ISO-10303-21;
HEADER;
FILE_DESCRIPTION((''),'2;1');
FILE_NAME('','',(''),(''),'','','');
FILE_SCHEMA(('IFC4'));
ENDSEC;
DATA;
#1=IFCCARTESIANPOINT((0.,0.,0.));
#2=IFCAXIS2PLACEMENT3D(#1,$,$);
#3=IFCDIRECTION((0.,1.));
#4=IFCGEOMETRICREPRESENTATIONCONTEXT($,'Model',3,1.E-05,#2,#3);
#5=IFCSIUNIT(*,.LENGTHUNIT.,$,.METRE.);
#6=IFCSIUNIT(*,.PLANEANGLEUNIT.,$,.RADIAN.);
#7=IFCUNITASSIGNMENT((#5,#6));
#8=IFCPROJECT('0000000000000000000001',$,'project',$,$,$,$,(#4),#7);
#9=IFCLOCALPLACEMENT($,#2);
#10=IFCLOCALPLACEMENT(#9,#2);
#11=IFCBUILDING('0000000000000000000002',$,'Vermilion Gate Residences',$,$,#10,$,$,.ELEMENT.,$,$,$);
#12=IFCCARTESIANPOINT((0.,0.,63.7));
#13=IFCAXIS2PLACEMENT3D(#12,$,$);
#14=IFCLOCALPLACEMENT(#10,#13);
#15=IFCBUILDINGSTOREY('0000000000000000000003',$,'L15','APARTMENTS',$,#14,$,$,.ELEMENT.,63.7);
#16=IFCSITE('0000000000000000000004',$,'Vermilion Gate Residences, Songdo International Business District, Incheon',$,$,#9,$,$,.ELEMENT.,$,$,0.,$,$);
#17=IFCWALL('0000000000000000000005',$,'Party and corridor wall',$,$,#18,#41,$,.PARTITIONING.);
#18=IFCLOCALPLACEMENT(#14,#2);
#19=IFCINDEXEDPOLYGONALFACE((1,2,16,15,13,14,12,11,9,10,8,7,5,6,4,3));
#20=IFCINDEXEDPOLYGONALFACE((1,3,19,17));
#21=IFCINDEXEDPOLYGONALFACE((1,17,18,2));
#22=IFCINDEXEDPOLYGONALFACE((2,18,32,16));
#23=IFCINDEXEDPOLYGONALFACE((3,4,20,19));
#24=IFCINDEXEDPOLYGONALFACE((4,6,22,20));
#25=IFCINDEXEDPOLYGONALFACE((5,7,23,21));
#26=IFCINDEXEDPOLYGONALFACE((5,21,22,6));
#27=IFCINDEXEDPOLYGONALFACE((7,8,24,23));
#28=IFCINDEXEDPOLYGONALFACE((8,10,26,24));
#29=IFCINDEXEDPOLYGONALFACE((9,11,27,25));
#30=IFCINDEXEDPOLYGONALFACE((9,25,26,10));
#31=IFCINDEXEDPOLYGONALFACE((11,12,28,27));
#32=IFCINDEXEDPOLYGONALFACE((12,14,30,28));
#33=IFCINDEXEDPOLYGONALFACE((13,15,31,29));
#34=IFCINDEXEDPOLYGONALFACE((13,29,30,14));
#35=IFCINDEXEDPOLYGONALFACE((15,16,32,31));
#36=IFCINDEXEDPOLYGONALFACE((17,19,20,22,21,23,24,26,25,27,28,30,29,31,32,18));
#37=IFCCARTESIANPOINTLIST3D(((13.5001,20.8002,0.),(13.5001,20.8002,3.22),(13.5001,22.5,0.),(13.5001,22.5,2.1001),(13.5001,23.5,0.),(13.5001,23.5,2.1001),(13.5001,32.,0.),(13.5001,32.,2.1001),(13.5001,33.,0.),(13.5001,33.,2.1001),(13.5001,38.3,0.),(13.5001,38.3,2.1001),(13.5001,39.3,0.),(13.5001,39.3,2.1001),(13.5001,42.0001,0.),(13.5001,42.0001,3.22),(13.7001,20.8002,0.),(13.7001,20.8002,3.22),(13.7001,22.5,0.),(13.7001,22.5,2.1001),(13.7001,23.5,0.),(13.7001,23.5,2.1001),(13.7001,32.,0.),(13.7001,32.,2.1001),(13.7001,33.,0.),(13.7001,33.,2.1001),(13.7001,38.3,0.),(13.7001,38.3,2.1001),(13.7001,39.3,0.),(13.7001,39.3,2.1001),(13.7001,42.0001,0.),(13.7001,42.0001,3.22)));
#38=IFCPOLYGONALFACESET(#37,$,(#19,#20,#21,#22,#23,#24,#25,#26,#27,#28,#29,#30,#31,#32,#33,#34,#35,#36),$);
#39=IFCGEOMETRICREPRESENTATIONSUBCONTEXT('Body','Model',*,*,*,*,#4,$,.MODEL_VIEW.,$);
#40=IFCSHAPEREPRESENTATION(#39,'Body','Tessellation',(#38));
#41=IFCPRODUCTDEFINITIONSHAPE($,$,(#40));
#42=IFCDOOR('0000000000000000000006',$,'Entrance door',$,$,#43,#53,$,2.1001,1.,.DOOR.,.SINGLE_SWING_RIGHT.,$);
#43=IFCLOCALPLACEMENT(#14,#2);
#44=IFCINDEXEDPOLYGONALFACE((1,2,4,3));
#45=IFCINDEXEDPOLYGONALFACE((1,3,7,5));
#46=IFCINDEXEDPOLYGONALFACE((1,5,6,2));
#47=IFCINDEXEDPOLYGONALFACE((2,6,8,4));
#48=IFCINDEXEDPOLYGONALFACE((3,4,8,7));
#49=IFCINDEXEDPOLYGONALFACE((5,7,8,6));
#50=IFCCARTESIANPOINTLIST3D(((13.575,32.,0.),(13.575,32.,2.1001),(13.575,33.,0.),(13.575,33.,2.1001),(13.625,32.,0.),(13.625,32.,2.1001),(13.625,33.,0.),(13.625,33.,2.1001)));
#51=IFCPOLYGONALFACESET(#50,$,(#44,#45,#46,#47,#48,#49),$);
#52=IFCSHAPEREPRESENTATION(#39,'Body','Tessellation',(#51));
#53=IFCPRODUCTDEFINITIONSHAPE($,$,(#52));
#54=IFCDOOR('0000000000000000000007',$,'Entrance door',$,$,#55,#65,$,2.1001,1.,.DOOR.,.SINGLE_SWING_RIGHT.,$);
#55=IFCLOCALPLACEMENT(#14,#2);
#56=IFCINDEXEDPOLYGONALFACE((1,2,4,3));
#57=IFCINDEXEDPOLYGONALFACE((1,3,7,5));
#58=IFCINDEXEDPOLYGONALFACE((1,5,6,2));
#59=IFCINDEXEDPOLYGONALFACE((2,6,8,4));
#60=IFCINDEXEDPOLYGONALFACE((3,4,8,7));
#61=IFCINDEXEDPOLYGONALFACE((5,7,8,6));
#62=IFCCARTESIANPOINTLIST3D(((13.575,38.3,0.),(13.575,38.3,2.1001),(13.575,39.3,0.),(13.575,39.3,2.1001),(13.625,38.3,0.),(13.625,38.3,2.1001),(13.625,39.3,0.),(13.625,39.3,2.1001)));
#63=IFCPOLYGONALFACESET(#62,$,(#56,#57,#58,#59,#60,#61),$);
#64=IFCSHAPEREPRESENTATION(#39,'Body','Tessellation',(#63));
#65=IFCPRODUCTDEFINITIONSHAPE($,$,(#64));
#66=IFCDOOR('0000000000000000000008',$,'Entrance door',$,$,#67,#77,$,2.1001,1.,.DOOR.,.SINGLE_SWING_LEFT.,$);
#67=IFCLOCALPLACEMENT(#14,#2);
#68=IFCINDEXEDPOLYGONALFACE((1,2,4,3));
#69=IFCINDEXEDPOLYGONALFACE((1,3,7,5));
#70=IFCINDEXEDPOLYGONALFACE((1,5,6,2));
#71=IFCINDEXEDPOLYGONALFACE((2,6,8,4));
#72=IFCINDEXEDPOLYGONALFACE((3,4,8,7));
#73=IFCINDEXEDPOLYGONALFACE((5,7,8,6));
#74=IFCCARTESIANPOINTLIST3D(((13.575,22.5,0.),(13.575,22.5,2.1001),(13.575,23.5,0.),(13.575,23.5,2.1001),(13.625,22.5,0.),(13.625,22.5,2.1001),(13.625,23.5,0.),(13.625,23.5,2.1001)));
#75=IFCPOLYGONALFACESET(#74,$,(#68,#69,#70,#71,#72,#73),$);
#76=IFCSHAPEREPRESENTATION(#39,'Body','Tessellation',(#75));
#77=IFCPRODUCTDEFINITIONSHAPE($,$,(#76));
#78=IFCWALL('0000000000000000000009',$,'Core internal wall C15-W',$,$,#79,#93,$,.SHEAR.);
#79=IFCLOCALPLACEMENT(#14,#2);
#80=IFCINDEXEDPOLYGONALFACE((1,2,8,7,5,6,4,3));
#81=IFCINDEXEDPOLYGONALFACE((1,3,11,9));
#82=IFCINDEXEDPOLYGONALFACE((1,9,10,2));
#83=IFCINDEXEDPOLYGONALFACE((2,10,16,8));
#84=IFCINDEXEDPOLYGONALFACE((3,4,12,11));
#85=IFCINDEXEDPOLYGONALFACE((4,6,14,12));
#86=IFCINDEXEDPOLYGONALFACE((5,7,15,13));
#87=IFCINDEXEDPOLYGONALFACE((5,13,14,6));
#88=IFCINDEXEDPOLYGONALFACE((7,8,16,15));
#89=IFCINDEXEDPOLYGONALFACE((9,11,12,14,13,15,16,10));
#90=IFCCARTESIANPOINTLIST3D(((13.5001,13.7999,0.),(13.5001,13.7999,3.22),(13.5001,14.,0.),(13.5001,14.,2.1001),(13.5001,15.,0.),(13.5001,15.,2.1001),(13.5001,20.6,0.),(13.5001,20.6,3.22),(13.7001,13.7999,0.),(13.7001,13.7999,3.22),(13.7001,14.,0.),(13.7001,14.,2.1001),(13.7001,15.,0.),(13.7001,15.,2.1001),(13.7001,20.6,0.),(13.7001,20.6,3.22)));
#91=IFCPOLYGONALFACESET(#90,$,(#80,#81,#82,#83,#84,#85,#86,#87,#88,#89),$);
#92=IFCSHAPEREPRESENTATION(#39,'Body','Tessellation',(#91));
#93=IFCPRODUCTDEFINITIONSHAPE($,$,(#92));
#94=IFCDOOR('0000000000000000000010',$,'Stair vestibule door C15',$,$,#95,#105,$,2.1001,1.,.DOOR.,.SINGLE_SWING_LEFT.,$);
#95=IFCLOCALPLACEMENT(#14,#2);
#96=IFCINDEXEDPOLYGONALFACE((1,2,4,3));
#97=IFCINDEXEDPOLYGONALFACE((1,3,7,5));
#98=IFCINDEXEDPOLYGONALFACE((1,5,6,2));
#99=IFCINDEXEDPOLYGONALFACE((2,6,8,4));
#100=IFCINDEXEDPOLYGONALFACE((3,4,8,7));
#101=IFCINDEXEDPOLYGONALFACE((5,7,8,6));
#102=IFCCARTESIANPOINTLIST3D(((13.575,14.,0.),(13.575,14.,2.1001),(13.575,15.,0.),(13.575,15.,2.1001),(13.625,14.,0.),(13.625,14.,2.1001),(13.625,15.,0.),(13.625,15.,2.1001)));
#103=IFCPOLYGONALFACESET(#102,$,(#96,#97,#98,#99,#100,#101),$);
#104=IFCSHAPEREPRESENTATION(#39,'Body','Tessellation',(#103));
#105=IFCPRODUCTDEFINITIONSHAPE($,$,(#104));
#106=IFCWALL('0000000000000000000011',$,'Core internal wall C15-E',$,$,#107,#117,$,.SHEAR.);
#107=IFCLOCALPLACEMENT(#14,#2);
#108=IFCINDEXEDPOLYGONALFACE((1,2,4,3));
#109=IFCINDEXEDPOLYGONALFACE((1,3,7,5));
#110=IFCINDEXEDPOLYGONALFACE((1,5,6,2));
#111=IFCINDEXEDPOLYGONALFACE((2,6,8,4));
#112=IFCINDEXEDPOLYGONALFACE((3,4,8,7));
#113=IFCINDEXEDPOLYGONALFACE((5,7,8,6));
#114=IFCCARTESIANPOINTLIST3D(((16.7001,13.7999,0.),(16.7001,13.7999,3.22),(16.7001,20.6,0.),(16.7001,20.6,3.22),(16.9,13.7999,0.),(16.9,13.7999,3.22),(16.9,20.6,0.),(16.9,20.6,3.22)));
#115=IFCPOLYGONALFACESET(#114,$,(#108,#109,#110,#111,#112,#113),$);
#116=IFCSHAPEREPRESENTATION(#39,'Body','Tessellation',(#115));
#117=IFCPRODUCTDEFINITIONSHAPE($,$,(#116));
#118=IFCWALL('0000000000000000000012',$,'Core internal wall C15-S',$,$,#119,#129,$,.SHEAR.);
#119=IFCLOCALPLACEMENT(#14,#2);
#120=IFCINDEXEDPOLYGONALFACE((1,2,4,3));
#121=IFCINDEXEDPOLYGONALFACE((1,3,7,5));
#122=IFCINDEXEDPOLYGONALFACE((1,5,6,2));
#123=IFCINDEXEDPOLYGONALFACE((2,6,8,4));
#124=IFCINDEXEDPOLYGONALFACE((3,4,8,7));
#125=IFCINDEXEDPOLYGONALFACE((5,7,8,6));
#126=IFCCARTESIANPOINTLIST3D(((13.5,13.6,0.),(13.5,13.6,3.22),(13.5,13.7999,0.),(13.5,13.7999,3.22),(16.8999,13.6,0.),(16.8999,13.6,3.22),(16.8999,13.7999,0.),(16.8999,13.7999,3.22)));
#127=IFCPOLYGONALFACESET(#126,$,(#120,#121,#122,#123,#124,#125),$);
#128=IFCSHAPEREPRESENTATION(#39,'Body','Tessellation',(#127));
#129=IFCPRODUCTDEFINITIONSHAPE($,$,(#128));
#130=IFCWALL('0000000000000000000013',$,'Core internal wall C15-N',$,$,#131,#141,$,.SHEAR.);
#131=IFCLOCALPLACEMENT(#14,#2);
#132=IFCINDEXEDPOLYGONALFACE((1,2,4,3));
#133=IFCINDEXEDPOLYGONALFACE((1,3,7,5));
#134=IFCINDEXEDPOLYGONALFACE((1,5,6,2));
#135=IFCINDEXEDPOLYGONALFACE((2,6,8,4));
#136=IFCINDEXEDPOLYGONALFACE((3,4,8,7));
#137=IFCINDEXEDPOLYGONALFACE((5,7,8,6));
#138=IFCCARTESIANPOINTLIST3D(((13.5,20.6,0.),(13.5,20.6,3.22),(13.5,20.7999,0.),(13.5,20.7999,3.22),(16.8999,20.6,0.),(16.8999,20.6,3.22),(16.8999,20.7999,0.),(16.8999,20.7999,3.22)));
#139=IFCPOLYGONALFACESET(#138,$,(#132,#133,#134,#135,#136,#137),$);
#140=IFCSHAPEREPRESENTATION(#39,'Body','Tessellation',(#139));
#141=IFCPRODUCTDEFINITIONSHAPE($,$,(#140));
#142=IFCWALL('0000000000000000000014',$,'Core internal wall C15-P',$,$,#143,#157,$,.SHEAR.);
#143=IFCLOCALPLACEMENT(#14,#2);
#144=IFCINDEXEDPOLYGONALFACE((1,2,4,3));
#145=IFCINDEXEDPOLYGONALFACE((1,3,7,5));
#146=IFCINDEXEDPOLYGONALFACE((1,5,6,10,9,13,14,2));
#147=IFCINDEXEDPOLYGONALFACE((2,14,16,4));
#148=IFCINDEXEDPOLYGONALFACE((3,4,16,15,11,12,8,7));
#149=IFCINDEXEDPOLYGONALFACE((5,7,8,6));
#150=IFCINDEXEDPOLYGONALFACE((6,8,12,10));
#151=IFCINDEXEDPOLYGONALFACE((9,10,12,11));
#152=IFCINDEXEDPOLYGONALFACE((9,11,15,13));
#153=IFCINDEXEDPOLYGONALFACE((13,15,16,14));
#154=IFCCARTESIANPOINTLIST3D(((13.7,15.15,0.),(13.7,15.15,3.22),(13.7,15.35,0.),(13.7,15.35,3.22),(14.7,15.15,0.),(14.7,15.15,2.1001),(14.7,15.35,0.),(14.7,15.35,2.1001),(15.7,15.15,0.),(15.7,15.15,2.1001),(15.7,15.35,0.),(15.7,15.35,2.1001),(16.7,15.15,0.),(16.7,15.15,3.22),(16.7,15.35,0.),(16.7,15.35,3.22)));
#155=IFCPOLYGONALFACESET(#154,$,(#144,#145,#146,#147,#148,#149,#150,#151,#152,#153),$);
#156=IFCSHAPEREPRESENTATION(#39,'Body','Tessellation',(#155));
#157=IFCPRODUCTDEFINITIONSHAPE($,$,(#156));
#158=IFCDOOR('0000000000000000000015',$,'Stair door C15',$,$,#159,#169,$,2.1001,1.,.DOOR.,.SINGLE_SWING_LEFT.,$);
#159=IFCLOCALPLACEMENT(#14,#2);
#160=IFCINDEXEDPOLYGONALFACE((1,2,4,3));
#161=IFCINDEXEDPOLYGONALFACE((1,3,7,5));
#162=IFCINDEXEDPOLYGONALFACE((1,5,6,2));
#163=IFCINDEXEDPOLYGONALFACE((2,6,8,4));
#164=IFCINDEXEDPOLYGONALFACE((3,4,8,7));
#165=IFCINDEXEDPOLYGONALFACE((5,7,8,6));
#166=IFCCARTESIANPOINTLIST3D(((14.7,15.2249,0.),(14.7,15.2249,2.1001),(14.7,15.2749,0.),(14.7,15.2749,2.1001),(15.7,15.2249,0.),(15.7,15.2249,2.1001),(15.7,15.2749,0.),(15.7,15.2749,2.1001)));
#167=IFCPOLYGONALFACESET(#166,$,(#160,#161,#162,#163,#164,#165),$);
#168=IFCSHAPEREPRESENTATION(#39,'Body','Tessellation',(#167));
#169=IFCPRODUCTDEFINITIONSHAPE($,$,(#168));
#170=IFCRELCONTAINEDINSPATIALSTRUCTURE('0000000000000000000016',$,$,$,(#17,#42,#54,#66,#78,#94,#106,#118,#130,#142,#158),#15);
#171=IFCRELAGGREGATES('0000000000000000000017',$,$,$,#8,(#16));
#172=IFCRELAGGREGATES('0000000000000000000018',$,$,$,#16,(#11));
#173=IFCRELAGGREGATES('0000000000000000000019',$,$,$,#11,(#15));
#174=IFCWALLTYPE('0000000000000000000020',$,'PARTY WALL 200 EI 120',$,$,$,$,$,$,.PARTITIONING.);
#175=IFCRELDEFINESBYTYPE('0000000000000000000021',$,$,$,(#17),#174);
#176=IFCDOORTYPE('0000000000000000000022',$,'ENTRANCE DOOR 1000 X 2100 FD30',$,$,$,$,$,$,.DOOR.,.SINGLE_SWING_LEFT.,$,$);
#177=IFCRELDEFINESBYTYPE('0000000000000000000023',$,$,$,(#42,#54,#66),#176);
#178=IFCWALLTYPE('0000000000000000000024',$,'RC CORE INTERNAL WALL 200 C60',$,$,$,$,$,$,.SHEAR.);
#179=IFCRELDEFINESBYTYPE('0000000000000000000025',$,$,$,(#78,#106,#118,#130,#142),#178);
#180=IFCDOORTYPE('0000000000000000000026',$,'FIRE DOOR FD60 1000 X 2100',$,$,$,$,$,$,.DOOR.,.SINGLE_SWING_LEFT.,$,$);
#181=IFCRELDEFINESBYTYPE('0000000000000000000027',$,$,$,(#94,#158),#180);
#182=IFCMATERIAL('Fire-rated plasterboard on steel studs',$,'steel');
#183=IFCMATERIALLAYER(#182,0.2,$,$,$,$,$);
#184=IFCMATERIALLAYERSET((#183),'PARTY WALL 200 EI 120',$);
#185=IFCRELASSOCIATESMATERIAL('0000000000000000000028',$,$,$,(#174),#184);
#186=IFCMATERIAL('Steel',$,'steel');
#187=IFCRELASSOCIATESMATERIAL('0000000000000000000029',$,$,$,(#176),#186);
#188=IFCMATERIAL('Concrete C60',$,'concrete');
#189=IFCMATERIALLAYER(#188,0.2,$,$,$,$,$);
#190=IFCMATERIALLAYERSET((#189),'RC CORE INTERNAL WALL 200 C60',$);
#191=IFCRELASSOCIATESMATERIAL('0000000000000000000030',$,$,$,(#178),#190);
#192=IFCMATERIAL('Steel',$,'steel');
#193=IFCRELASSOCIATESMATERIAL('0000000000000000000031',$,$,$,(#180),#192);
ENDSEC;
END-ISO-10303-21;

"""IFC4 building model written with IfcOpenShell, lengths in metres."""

from ifc_helpers import new_model, si_unit, direction, frame, frame_2d, origin, place, context, subcontext, project, spatial, rectangle, extrude, material, layer, layer_set, type_object, element, fill, save


model = new_model("IFC4")

# Units and contexts
model_context = context("Model", 3, precision=1e-05, world=origin(), true_north=direction((0.0, 1.0)))
body_context = subcontext(model_context, "Body", "Model", "MODEL_VIEW")
ifc_project = project(units=[si_unit("LENGTHUNIT", "METRE"), si_unit("PLANEANGLEUNIT", "RADIAN")], contexts=[model_context])

# Site, building, storey
site_placement = place(None, origin())
site = spatial("IfcSite", under=ifc_project, at=site_placement, Name="Vermilion Gate Residences, Songdo International Business District, Incheon", CompositionType="ELEMENT", RefElevation=0.0)
building_placement = place(site_placement, origin())
building = spatial("IfcBuilding", under=site, at=building_placement, Name="Vermilion Gate Residences", CompositionType="ELEMENT")
storey_placement = place(building_placement, frame((0.0, 0.0, 63.7)))
storey = spatial("IfcBuildingStorey", under=building, at=storey_placement, Name="L15", Description="APARTMENTS", CompositionType="ELEMENT", Elevation=63.7)

# Wall, openings, doors
ifc_material_1 = material(Name="Fire-rated plasterboard on steel studs", Category="steel")
ifc_layer_1 = layer(ifc_material_1, 0.2)
ifc_layer_set_1 = layer_set([ifc_layer_1], Name="PARTY WALL 200 EI 120")
wall_type_1 = type_object("IfcWallType", Name="PARTY WALL 200 EI 120", PredefinedType="PARTITIONING", material=ifc_layer_set_1)
ifc_material_2 = material(Name="Steel", Category="steel")
door_type_1 = type_object("IfcDoorType", Name="ENTRANCE DOOR 1000 X 2100 FD30", OperationType="SINGLE_SWING_LEFT", PredefinedType="DOOR", material=ifc_material_2)
wall_1_placement = place(storey_placement, frame((13.6001, 20.8, 0.0), z_axis=(0.0, 0.0, 1.0), x_axis=(0.0, 1.0, 0.0)))
wall_1 = element("IfcWall", 1, at=wall_1_placement, inside=storey, type_object=wall_type_1, Name="Party and corridor wall", PredefinedType="PARTITIONING", context=body_context, shape_type="SweptSolid", body=[
    extrude(rectangle(XDim=21.2, YDim=0.2, at=frame_2d((10.6001, 0.0))), origin(), (0.0, 0.0, 1.0), 3.22),
])
opening_1_placement = place(wall_1_placement, frame((11.2, 0.0, 0.0)))
opening_1 = element("IfcOpeningElement", 2, at=opening_1_placement, cuts=wall_1, PredefinedType="OPENING", context=body_context, shape_type="SweptSolid", body=[
    extrude(rectangle(XDim=1.0, YDim=2.1001, at=frame_2d((0.5, 1.05))), frame((0.0, 0.1099, 0.0), z_axis=(0.0, -1.0, 0.0), x_axis=(1.0, 0.0, 0.0)), (0.0, 0.0, 1.0), 0.22),
])
opening_2_placement = place(wall_1_placement, frame((17.5, 0.0, 0.0)))
opening_2 = element("IfcOpeningElement", 3, at=opening_2_placement, cuts=wall_1, PredefinedType="OPENING", context=body_context, shape_type="SweptSolid", body=[
    extrude(rectangle(XDim=1.0, YDim=2.1001, at=frame_2d((0.5, 1.05))), frame((0.0, 0.1099, 0.0), z_axis=(0.0, -1.0, 0.0), x_axis=(1.0, 0.0, 0.0)), (0.0, 0.0, 1.0), 0.22),
])
opening_3_placement = place(wall_1_placement, frame((1.7, 0.0, 0.0)))
opening_3 = element("IfcOpeningElement", 4, at=opening_3_placement, cuts=wall_1, PredefinedType="OPENING", context=body_context, shape_type="SweptSolid", body=[
    extrude(rectangle(XDim=1.0, YDim=2.1001, at=frame_2d((0.5, 1.05))), frame((0.0, 0.1099, 0.0), z_axis=(0.0, -1.0, 0.0), x_axis=(1.0, 0.0, 0.0)), (0.0, 0.0, 1.0), 0.22),
])
door_1_placement = place(opening_1_placement, frame((1.0, 0.0, 0.0), z_axis=(0.0, 0.0, 1.0), x_axis=(-1.0, 0.0, 0.0)))
door_1 = element("IfcDoor", 5, at=door_1_placement, inside=storey, type_object=door_type_1, Name="Entrance door", OperationType="SINGLE_SWING_RIGHT", OverallHeight=2.1001, OverallWidth=1.0, PredefinedType="DOOR", context=body_context, shape_type="SweptSolid", body=[
    extrude(rectangle(XDim=1.0, YDim=2.1001, at=frame_2d((0.5, 1.05))), frame((0.0, 0.0249, 0.0), z_axis=(0.0, -1.0, 0.0), x_axis=(1.0, 0.0, 0.0)), (0.0, 0.0, 1.0), 0.05),
])
fill(opening_1, door_1)
door_2_placement = place(opening_2_placement, frame((1.0, 0.0, 0.0), z_axis=(0.0, 0.0, 1.0), x_axis=(-1.0, 0.0, 0.0)))
door_2 = element("IfcDoor", 6, at=door_2_placement, inside=storey, type_object=door_type_1, Name="Entrance door", OperationType="SINGLE_SWING_RIGHT", OverallHeight=2.1001, OverallWidth=1.0, PredefinedType="DOOR", context=body_context, shape_type="SweptSolid", body=[
    extrude(rectangle(XDim=1.0, YDim=2.1001, at=frame_2d((0.5, 1.05))), frame((0.0, 0.0249, 0.0), z_axis=(0.0, -1.0, 0.0), x_axis=(1.0, 0.0, 0.0)), (0.0, 0.0, 1.0), 0.05),
])
fill(opening_2, door_2)
door_3_placement = place(opening_3_placement, frame((1.0, 0.0, 0.0), z_axis=(0.0, 0.0, 1.0), x_axis=(-1.0, 0.0, 0.0)))
door_3 = element("IfcDoor", 7, at=door_3_placement, inside=storey, type_object=door_type_1, Name="Entrance door", OperationType="SINGLE_SWING_LEFT", OverallHeight=2.1001, OverallWidth=1.0, PredefinedType="DOOR", context=body_context, shape_type="SweptSolid", body=[
    extrude(rectangle(XDim=1.0, YDim=2.1001, at=frame_2d((0.5, 1.05))), frame((0.0, 0.0249, 0.0), z_axis=(0.0, -1.0, 0.0), x_axis=(1.0, 0.0, 0.0)), (0.0, 0.0, 1.0), 0.05),
])
fill(opening_3, door_3)

# Wall, opening, door
ifc_material_3 = material(Name="Concrete C60", Category="concrete")
ifc_layer_2 = layer(ifc_material_3, 0.2)
ifc_layer_set_2 = layer_set([ifc_layer_2], Name="RC CORE INTERNAL WALL 200 C60")
wall_type_2 = type_object("IfcWallType", Name="RC CORE INTERNAL WALL 200 C60", PredefinedType="SHEAR", material=ifc_layer_set_2)
wall_2_placement = place(storey_placement, frame((13.6001, 13.8, 0.0), z_axis=(0.0, 0.0, 1.0), x_axis=(0.0, 1.0, 0.0)))
wall_2 = element("IfcWall", 8, at=wall_2_placement, inside=storey, type_object=wall_type_2, Name="Core internal wall C15-W", PredefinedType="SHEAR", context=body_context, shape_type="SweptSolid", body=[
    extrude(rectangle(XDim=6.8, YDim=0.2, at=frame_2d((3.3999, 0.0))), origin(), (0.0, 0.0, 1.0), 3.22),
])
opening_4_placement = place(wall_2_placement, frame((0.2, 0.0, 0.0)))
opening_4 = element("IfcOpeningElement", 9, at=opening_4_placement, cuts=wall_2, PredefinedType="OPENING", context=body_context, shape_type="SweptSolid", body=[
    extrude(rectangle(XDim=1.0, YDim=2.1001, at=frame_2d((0.5, 1.05))), frame((0.0, 0.1099, 0.0), z_axis=(0.0, -1.0, 0.0), x_axis=(1.0, 0.0, 0.0)), (0.0, 0.0, 1.0), 0.22),
])
ifc_material_4 = material(Name="Steel", Category="steel")
door_type_2 = type_object("IfcDoorType", Name="FIRE DOOR FD60 1000 X 2100", OperationType="SINGLE_SWING_LEFT", PredefinedType="DOOR", material=ifc_material_4)
door_4_placement = place(opening_4_placement, frame((1.0, 0.0, 0.0), z_axis=(0.0, 0.0, 1.0), x_axis=(-1.0, 0.0, 0.0)))
door_4 = element("IfcDoor", 10, at=door_4_placement, inside=storey, type_object=door_type_2, Name="Stair vestibule door C15", OperationType="SINGLE_SWING_LEFT", OverallHeight=2.1001, OverallWidth=1.0, PredefinedType="DOOR", context=body_context, shape_type="SweptSolid", body=[
    extrude(rectangle(XDim=1.0, YDim=2.1001, at=frame_2d((0.5, 1.05))), frame((0.0, 0.0249, 0.0), z_axis=(0.0, -1.0, 0.0), x_axis=(1.0, 0.0, 0.0)), (0.0, 0.0, 1.0), 0.05),
])
fill(opening_4, door_4)

# Walls
wall_3_placement = place(storey_placement, frame((16.8, 13.8, 0.0), z_axis=(0.0, 0.0, 1.0), x_axis=(0.0, 1.0, 0.0)))
element("IfcWall", 11, at=wall_3_placement, inside=storey, type_object=wall_type_2, Name="Core internal wall C15-E", PredefinedType="SHEAR", context=body_context, shape_type="SweptSolid", body=[
    extrude(rectangle(XDim=6.8, YDim=0.2, at=frame_2d((3.3999, 0.0))), origin(), (0.0, 0.0, 1.0), 3.22),
])
for number, where, z_axis, x_axis, name in (
    (12, (13.5, 13.7, 0.0), (0.0, 0.0, 1.0), (1.0, 0.0, 0.0), "Core internal wall C15-S"),
    (13, (13.5, 20.7, 0.0), (0.0, 0.0, 1.0), (1.0, 0.0, 0.0), "Core internal wall C15-N"),
):
    element("IfcWall", number, at=place(storey_placement, frame(where, z_axis=z_axis, x_axis=x_axis)), inside=storey, type_object=wall_type_2, Name=name, PredefinedType="SHEAR", context=body_context, shape_type="SweptSolid", body=[
        extrude(rectangle(XDim=3.3999, YDim=0.2, at=frame_2d((1.7, 0.0))), origin(), (0.0, 0.0, 1.0), 3.22),
    ])

# Wall, opening, door
wall_4_placement = place(storey_placement, frame((13.7, 15.25, 0.0), z_axis=(0.0, 0.0, 1.0), x_axis=(1.0, 0.0, 0.0)))
wall_4 = element("IfcWall", 14, at=wall_4_placement, inside=storey, type_object=wall_type_2, Name="Core internal wall C15-P", PredefinedType="SHEAR", context=body_context, shape_type="SweptSolid", body=[
    extrude(rectangle(XDim=3.0, YDim=0.2, at=frame_2d((1.5, 0.0))), origin(), (0.0, 0.0, 1.0), 3.22),
])
opening_5_placement = place(wall_4_placement, frame((1.0, 0.0, 0.0)))
opening_5 = element("IfcOpeningElement", 15, at=opening_5_placement, cuts=wall_4, PredefinedType="OPENING", context=body_context, shape_type="SweptSolid", body=[
    extrude(rectangle(XDim=1.0, YDim=2.1001, at=frame_2d((0.5, 1.05))), frame((0.0, 0.1099, 0.0), z_axis=(0.0, -1.0, 0.0), x_axis=(1.0, 0.0, 0.0)), (0.0, 0.0, 1.0), 0.22),
])
door_5_placement = place(opening_5_placement, origin())
door_5 = element("IfcDoor", 16, at=door_5_placement, inside=storey, type_object=door_type_2, Name="Stair door C15", OperationType="SINGLE_SWING_LEFT", OverallHeight=2.1001, OverallWidth=1.0, PredefinedType="DOOR", context=body_context, shape_type="SweptSolid", body=[
    extrude(rectangle(XDim=1.0, YDim=2.1001, at=frame_2d((0.5, 1.05))), frame((0.0, 0.0249, 0.0), z_axis=(0.0, -1.0, 0.0), x_axis=(1.0, 0.0, 0.0)), (0.0, 0.0, 1.0), 0.05),
])
fill(opening_5, door_5)

save(model, "model.ifc")
